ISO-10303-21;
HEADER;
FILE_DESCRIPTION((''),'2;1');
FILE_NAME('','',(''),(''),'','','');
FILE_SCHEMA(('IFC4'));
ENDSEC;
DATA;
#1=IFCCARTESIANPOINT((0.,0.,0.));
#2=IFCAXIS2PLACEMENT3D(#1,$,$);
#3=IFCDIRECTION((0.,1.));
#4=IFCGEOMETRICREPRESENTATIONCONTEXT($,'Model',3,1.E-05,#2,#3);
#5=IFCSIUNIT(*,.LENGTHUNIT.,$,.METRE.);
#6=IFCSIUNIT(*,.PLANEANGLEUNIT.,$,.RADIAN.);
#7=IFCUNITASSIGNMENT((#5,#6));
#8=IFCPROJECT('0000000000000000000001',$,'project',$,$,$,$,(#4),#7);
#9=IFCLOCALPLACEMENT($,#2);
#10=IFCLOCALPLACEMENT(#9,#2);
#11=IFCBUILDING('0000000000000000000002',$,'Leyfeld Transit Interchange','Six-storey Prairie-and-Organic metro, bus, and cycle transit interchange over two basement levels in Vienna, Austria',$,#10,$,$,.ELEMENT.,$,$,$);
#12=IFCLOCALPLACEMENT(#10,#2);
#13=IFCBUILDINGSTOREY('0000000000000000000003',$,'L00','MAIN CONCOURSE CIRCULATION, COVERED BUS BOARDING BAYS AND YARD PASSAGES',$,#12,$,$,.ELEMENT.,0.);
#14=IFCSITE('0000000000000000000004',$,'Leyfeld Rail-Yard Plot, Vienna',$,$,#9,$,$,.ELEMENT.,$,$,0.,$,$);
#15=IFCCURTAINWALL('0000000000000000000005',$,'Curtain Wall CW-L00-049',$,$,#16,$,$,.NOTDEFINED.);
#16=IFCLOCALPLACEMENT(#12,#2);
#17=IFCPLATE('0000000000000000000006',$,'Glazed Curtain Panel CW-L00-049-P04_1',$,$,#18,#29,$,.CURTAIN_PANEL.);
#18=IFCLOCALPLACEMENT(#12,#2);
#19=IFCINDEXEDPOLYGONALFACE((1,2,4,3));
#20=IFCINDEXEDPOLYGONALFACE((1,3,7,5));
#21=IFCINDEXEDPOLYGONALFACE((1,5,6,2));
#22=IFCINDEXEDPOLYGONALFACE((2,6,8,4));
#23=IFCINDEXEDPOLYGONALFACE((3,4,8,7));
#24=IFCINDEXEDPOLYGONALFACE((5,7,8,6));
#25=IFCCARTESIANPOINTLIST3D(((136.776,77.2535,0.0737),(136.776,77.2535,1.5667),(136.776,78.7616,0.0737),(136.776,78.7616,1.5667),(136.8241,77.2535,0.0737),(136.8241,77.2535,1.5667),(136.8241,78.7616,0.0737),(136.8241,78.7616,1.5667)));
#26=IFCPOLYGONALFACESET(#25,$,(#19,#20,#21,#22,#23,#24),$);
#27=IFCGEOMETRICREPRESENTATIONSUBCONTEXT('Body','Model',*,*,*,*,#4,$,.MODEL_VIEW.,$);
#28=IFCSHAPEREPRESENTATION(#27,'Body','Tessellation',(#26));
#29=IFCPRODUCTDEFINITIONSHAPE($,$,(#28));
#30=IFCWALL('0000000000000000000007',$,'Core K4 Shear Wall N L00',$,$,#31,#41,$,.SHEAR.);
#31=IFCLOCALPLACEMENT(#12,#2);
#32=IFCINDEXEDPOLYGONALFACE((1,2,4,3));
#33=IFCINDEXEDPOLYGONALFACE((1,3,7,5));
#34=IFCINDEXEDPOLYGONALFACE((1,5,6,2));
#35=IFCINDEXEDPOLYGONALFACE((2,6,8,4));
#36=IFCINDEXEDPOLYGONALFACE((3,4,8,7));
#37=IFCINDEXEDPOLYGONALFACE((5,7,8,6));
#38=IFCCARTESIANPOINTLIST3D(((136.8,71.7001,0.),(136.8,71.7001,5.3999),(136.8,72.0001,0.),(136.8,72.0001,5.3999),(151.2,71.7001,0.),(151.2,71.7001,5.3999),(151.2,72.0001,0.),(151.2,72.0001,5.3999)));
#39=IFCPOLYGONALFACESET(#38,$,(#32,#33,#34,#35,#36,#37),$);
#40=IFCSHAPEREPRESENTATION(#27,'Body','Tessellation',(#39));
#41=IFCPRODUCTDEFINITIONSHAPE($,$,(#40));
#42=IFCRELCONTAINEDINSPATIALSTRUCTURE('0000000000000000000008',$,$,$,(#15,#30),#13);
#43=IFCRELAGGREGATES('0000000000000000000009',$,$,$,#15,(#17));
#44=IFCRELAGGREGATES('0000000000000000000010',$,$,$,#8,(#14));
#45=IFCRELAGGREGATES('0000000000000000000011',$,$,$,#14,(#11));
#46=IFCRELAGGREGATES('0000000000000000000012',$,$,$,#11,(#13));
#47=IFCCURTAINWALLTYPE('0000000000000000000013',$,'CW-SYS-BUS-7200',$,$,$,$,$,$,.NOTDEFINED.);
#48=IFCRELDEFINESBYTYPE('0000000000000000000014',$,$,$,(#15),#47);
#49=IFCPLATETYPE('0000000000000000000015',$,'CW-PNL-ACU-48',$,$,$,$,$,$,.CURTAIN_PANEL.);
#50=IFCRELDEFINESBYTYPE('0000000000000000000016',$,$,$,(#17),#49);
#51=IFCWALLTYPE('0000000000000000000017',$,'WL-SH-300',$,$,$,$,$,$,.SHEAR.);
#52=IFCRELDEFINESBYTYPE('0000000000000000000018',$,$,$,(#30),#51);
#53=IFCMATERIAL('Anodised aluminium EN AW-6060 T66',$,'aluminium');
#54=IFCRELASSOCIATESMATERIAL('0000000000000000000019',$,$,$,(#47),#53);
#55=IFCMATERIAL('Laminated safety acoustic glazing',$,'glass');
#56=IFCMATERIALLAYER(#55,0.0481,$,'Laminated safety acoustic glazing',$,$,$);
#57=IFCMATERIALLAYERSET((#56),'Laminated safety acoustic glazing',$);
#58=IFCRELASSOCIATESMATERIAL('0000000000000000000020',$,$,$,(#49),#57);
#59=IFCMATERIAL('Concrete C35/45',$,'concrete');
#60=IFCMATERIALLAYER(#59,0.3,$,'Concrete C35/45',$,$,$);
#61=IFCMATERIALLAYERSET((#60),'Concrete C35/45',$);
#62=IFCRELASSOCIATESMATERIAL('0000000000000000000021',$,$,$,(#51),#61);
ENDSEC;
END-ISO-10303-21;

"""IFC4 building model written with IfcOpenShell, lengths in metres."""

from ifc_helpers import new_model, si_unit, direction, frame, frame_2d, origin, origin_2d, place, context, subcontext, project, spatial, rectangle, extrude, material, layer, layer_set, type_object, element, aggregate, save


model = new_model("IFC4")

# Units and contexts
model_context = context("Model", 3, precision=1e-05, world=origin(), true_north=direction((0.0, 1.0)))
body_context = subcontext(model_context, "Body", "Model", "MODEL_VIEW")
ifc_project = project(units=[si_unit("LENGTHUNIT", "METRE"), si_unit("PLANEANGLEUNIT", "RADIAN")], contexts=[model_context])

# Site, building, storey
site_placement = place(None, origin())
site = spatial("IfcSite", under=ifc_project, at=site_placement, Name="Leyfeld Rail-Yard Plot, Vienna", CompositionType="ELEMENT", RefElevation=0.0)
building_placement = place(site_placement, origin())
building = spatial("IfcBuilding", under=site, at=building_placement, Name="Leyfeld Transit Interchange", Description="Six-storey Prairie-and-Organic metro, bus, and cycle transit interchange over two basement levels in Vienna, Austria", CompositionType="ELEMENT")
storey_placement = place(building_placement, origin())
storey = spatial("IfcBuildingStorey", under=building, at=storey_placement, Name="L00", Description="MAIN CONCOURSE CIRCULATION, COVERED BUS BOARDING BAYS AND YARD PASSAGES", CompositionType="ELEMENT", Elevation=0.0)

# Shared definitions
ifc_material_1 = material(Name="Concrete C35/45", Category="concrete")

# Curtain wall, plate
ifc_material_2 = material(Name="Anodised aluminium EN AW-6060 T66", Category="aluminium")
curtain_wall_type = type_object("IfcCurtainWallType", Name="CW-SYS-BUS-7200", PredefinedType="NOTDEFINED", material=ifc_material_2)
curtain_wall_placement = place(storey_placement, origin())
curtain_wall = element("IfcCurtainWall", 1, at=curtain_wall_placement, inside=storey, type_object=curtain_wall_type, Name="Curtain Wall CW-L00-049", PredefinedType="NOTDEFINED")
ifc_material_3 = material(Name="Laminated safety acoustic glazing", Category="glass")
ifc_layer_1 = layer(ifc_material_3, 0.0481, Name="Laminated safety acoustic glazing")
ifc_layer_set_1 = layer_set([ifc_layer_1], Name="Laminated safety acoustic glazing")
plate_type = type_object("IfcPlateType", Name="CW-PNL-ACU-48", PredefinedType="CURTAIN_PANEL", material=ifc_layer_set_1)
plate_1_placement = place(storey_placement, frame((136.8, 78.0076, 0.0737), z_axis=(0.0, 0.0, 1.0), x_axis=(0.0, 1.0, 0.0)))
plate_1 = element("IfcPlate", 2, at=plate_1_placement, type_object=plate_type, Name="Glazed Curtain Panel CW-L00-049-P04_1", PredefinedType="CURTAIN_PANEL", context=body_context, shape_type="SweptSolid", body=[
    extrude(rectangle(XDim=1.5081, YDim=0.0481, at=origin_2d()), origin(), (0.0, 0.0, 1.0), 1.4929),
])
aggregate(curtain_wall, [plate_1])

# Wall
ifc_layer_2 = layer(ifc_material_1, 0.3, Name="Concrete C35/45")
ifc_layer_set_2 = layer_set([ifc_layer_2], Name="Concrete C35/45")
wall_type = type_object("IfcWallType", Name="WL-SH-300", PredefinedType="SHEAR", material=ifc_layer_set_2)
wall_placement = place(storey_placement, frame((136.8, 71.8501, 0.0), z_axis=(0.0, 0.0, 1.0), x_axis=(1.0, 0.0, 0.0)))
element("IfcWall", 3, at=wall_placement, inside=storey, type_object=wall_type, Name="Core K4 Shear Wall N L00", PredefinedType="SHEAR", context=body_context, shape_type="SweptSolid", body=[
    extrude(rectangle(XDim=14.3999, YDim=0.3, at=frame_2d((7.2, 0.0))), origin(), (0.0, 0.0, 1.0), 5.3999),
])

save(model, "model.ifc")
